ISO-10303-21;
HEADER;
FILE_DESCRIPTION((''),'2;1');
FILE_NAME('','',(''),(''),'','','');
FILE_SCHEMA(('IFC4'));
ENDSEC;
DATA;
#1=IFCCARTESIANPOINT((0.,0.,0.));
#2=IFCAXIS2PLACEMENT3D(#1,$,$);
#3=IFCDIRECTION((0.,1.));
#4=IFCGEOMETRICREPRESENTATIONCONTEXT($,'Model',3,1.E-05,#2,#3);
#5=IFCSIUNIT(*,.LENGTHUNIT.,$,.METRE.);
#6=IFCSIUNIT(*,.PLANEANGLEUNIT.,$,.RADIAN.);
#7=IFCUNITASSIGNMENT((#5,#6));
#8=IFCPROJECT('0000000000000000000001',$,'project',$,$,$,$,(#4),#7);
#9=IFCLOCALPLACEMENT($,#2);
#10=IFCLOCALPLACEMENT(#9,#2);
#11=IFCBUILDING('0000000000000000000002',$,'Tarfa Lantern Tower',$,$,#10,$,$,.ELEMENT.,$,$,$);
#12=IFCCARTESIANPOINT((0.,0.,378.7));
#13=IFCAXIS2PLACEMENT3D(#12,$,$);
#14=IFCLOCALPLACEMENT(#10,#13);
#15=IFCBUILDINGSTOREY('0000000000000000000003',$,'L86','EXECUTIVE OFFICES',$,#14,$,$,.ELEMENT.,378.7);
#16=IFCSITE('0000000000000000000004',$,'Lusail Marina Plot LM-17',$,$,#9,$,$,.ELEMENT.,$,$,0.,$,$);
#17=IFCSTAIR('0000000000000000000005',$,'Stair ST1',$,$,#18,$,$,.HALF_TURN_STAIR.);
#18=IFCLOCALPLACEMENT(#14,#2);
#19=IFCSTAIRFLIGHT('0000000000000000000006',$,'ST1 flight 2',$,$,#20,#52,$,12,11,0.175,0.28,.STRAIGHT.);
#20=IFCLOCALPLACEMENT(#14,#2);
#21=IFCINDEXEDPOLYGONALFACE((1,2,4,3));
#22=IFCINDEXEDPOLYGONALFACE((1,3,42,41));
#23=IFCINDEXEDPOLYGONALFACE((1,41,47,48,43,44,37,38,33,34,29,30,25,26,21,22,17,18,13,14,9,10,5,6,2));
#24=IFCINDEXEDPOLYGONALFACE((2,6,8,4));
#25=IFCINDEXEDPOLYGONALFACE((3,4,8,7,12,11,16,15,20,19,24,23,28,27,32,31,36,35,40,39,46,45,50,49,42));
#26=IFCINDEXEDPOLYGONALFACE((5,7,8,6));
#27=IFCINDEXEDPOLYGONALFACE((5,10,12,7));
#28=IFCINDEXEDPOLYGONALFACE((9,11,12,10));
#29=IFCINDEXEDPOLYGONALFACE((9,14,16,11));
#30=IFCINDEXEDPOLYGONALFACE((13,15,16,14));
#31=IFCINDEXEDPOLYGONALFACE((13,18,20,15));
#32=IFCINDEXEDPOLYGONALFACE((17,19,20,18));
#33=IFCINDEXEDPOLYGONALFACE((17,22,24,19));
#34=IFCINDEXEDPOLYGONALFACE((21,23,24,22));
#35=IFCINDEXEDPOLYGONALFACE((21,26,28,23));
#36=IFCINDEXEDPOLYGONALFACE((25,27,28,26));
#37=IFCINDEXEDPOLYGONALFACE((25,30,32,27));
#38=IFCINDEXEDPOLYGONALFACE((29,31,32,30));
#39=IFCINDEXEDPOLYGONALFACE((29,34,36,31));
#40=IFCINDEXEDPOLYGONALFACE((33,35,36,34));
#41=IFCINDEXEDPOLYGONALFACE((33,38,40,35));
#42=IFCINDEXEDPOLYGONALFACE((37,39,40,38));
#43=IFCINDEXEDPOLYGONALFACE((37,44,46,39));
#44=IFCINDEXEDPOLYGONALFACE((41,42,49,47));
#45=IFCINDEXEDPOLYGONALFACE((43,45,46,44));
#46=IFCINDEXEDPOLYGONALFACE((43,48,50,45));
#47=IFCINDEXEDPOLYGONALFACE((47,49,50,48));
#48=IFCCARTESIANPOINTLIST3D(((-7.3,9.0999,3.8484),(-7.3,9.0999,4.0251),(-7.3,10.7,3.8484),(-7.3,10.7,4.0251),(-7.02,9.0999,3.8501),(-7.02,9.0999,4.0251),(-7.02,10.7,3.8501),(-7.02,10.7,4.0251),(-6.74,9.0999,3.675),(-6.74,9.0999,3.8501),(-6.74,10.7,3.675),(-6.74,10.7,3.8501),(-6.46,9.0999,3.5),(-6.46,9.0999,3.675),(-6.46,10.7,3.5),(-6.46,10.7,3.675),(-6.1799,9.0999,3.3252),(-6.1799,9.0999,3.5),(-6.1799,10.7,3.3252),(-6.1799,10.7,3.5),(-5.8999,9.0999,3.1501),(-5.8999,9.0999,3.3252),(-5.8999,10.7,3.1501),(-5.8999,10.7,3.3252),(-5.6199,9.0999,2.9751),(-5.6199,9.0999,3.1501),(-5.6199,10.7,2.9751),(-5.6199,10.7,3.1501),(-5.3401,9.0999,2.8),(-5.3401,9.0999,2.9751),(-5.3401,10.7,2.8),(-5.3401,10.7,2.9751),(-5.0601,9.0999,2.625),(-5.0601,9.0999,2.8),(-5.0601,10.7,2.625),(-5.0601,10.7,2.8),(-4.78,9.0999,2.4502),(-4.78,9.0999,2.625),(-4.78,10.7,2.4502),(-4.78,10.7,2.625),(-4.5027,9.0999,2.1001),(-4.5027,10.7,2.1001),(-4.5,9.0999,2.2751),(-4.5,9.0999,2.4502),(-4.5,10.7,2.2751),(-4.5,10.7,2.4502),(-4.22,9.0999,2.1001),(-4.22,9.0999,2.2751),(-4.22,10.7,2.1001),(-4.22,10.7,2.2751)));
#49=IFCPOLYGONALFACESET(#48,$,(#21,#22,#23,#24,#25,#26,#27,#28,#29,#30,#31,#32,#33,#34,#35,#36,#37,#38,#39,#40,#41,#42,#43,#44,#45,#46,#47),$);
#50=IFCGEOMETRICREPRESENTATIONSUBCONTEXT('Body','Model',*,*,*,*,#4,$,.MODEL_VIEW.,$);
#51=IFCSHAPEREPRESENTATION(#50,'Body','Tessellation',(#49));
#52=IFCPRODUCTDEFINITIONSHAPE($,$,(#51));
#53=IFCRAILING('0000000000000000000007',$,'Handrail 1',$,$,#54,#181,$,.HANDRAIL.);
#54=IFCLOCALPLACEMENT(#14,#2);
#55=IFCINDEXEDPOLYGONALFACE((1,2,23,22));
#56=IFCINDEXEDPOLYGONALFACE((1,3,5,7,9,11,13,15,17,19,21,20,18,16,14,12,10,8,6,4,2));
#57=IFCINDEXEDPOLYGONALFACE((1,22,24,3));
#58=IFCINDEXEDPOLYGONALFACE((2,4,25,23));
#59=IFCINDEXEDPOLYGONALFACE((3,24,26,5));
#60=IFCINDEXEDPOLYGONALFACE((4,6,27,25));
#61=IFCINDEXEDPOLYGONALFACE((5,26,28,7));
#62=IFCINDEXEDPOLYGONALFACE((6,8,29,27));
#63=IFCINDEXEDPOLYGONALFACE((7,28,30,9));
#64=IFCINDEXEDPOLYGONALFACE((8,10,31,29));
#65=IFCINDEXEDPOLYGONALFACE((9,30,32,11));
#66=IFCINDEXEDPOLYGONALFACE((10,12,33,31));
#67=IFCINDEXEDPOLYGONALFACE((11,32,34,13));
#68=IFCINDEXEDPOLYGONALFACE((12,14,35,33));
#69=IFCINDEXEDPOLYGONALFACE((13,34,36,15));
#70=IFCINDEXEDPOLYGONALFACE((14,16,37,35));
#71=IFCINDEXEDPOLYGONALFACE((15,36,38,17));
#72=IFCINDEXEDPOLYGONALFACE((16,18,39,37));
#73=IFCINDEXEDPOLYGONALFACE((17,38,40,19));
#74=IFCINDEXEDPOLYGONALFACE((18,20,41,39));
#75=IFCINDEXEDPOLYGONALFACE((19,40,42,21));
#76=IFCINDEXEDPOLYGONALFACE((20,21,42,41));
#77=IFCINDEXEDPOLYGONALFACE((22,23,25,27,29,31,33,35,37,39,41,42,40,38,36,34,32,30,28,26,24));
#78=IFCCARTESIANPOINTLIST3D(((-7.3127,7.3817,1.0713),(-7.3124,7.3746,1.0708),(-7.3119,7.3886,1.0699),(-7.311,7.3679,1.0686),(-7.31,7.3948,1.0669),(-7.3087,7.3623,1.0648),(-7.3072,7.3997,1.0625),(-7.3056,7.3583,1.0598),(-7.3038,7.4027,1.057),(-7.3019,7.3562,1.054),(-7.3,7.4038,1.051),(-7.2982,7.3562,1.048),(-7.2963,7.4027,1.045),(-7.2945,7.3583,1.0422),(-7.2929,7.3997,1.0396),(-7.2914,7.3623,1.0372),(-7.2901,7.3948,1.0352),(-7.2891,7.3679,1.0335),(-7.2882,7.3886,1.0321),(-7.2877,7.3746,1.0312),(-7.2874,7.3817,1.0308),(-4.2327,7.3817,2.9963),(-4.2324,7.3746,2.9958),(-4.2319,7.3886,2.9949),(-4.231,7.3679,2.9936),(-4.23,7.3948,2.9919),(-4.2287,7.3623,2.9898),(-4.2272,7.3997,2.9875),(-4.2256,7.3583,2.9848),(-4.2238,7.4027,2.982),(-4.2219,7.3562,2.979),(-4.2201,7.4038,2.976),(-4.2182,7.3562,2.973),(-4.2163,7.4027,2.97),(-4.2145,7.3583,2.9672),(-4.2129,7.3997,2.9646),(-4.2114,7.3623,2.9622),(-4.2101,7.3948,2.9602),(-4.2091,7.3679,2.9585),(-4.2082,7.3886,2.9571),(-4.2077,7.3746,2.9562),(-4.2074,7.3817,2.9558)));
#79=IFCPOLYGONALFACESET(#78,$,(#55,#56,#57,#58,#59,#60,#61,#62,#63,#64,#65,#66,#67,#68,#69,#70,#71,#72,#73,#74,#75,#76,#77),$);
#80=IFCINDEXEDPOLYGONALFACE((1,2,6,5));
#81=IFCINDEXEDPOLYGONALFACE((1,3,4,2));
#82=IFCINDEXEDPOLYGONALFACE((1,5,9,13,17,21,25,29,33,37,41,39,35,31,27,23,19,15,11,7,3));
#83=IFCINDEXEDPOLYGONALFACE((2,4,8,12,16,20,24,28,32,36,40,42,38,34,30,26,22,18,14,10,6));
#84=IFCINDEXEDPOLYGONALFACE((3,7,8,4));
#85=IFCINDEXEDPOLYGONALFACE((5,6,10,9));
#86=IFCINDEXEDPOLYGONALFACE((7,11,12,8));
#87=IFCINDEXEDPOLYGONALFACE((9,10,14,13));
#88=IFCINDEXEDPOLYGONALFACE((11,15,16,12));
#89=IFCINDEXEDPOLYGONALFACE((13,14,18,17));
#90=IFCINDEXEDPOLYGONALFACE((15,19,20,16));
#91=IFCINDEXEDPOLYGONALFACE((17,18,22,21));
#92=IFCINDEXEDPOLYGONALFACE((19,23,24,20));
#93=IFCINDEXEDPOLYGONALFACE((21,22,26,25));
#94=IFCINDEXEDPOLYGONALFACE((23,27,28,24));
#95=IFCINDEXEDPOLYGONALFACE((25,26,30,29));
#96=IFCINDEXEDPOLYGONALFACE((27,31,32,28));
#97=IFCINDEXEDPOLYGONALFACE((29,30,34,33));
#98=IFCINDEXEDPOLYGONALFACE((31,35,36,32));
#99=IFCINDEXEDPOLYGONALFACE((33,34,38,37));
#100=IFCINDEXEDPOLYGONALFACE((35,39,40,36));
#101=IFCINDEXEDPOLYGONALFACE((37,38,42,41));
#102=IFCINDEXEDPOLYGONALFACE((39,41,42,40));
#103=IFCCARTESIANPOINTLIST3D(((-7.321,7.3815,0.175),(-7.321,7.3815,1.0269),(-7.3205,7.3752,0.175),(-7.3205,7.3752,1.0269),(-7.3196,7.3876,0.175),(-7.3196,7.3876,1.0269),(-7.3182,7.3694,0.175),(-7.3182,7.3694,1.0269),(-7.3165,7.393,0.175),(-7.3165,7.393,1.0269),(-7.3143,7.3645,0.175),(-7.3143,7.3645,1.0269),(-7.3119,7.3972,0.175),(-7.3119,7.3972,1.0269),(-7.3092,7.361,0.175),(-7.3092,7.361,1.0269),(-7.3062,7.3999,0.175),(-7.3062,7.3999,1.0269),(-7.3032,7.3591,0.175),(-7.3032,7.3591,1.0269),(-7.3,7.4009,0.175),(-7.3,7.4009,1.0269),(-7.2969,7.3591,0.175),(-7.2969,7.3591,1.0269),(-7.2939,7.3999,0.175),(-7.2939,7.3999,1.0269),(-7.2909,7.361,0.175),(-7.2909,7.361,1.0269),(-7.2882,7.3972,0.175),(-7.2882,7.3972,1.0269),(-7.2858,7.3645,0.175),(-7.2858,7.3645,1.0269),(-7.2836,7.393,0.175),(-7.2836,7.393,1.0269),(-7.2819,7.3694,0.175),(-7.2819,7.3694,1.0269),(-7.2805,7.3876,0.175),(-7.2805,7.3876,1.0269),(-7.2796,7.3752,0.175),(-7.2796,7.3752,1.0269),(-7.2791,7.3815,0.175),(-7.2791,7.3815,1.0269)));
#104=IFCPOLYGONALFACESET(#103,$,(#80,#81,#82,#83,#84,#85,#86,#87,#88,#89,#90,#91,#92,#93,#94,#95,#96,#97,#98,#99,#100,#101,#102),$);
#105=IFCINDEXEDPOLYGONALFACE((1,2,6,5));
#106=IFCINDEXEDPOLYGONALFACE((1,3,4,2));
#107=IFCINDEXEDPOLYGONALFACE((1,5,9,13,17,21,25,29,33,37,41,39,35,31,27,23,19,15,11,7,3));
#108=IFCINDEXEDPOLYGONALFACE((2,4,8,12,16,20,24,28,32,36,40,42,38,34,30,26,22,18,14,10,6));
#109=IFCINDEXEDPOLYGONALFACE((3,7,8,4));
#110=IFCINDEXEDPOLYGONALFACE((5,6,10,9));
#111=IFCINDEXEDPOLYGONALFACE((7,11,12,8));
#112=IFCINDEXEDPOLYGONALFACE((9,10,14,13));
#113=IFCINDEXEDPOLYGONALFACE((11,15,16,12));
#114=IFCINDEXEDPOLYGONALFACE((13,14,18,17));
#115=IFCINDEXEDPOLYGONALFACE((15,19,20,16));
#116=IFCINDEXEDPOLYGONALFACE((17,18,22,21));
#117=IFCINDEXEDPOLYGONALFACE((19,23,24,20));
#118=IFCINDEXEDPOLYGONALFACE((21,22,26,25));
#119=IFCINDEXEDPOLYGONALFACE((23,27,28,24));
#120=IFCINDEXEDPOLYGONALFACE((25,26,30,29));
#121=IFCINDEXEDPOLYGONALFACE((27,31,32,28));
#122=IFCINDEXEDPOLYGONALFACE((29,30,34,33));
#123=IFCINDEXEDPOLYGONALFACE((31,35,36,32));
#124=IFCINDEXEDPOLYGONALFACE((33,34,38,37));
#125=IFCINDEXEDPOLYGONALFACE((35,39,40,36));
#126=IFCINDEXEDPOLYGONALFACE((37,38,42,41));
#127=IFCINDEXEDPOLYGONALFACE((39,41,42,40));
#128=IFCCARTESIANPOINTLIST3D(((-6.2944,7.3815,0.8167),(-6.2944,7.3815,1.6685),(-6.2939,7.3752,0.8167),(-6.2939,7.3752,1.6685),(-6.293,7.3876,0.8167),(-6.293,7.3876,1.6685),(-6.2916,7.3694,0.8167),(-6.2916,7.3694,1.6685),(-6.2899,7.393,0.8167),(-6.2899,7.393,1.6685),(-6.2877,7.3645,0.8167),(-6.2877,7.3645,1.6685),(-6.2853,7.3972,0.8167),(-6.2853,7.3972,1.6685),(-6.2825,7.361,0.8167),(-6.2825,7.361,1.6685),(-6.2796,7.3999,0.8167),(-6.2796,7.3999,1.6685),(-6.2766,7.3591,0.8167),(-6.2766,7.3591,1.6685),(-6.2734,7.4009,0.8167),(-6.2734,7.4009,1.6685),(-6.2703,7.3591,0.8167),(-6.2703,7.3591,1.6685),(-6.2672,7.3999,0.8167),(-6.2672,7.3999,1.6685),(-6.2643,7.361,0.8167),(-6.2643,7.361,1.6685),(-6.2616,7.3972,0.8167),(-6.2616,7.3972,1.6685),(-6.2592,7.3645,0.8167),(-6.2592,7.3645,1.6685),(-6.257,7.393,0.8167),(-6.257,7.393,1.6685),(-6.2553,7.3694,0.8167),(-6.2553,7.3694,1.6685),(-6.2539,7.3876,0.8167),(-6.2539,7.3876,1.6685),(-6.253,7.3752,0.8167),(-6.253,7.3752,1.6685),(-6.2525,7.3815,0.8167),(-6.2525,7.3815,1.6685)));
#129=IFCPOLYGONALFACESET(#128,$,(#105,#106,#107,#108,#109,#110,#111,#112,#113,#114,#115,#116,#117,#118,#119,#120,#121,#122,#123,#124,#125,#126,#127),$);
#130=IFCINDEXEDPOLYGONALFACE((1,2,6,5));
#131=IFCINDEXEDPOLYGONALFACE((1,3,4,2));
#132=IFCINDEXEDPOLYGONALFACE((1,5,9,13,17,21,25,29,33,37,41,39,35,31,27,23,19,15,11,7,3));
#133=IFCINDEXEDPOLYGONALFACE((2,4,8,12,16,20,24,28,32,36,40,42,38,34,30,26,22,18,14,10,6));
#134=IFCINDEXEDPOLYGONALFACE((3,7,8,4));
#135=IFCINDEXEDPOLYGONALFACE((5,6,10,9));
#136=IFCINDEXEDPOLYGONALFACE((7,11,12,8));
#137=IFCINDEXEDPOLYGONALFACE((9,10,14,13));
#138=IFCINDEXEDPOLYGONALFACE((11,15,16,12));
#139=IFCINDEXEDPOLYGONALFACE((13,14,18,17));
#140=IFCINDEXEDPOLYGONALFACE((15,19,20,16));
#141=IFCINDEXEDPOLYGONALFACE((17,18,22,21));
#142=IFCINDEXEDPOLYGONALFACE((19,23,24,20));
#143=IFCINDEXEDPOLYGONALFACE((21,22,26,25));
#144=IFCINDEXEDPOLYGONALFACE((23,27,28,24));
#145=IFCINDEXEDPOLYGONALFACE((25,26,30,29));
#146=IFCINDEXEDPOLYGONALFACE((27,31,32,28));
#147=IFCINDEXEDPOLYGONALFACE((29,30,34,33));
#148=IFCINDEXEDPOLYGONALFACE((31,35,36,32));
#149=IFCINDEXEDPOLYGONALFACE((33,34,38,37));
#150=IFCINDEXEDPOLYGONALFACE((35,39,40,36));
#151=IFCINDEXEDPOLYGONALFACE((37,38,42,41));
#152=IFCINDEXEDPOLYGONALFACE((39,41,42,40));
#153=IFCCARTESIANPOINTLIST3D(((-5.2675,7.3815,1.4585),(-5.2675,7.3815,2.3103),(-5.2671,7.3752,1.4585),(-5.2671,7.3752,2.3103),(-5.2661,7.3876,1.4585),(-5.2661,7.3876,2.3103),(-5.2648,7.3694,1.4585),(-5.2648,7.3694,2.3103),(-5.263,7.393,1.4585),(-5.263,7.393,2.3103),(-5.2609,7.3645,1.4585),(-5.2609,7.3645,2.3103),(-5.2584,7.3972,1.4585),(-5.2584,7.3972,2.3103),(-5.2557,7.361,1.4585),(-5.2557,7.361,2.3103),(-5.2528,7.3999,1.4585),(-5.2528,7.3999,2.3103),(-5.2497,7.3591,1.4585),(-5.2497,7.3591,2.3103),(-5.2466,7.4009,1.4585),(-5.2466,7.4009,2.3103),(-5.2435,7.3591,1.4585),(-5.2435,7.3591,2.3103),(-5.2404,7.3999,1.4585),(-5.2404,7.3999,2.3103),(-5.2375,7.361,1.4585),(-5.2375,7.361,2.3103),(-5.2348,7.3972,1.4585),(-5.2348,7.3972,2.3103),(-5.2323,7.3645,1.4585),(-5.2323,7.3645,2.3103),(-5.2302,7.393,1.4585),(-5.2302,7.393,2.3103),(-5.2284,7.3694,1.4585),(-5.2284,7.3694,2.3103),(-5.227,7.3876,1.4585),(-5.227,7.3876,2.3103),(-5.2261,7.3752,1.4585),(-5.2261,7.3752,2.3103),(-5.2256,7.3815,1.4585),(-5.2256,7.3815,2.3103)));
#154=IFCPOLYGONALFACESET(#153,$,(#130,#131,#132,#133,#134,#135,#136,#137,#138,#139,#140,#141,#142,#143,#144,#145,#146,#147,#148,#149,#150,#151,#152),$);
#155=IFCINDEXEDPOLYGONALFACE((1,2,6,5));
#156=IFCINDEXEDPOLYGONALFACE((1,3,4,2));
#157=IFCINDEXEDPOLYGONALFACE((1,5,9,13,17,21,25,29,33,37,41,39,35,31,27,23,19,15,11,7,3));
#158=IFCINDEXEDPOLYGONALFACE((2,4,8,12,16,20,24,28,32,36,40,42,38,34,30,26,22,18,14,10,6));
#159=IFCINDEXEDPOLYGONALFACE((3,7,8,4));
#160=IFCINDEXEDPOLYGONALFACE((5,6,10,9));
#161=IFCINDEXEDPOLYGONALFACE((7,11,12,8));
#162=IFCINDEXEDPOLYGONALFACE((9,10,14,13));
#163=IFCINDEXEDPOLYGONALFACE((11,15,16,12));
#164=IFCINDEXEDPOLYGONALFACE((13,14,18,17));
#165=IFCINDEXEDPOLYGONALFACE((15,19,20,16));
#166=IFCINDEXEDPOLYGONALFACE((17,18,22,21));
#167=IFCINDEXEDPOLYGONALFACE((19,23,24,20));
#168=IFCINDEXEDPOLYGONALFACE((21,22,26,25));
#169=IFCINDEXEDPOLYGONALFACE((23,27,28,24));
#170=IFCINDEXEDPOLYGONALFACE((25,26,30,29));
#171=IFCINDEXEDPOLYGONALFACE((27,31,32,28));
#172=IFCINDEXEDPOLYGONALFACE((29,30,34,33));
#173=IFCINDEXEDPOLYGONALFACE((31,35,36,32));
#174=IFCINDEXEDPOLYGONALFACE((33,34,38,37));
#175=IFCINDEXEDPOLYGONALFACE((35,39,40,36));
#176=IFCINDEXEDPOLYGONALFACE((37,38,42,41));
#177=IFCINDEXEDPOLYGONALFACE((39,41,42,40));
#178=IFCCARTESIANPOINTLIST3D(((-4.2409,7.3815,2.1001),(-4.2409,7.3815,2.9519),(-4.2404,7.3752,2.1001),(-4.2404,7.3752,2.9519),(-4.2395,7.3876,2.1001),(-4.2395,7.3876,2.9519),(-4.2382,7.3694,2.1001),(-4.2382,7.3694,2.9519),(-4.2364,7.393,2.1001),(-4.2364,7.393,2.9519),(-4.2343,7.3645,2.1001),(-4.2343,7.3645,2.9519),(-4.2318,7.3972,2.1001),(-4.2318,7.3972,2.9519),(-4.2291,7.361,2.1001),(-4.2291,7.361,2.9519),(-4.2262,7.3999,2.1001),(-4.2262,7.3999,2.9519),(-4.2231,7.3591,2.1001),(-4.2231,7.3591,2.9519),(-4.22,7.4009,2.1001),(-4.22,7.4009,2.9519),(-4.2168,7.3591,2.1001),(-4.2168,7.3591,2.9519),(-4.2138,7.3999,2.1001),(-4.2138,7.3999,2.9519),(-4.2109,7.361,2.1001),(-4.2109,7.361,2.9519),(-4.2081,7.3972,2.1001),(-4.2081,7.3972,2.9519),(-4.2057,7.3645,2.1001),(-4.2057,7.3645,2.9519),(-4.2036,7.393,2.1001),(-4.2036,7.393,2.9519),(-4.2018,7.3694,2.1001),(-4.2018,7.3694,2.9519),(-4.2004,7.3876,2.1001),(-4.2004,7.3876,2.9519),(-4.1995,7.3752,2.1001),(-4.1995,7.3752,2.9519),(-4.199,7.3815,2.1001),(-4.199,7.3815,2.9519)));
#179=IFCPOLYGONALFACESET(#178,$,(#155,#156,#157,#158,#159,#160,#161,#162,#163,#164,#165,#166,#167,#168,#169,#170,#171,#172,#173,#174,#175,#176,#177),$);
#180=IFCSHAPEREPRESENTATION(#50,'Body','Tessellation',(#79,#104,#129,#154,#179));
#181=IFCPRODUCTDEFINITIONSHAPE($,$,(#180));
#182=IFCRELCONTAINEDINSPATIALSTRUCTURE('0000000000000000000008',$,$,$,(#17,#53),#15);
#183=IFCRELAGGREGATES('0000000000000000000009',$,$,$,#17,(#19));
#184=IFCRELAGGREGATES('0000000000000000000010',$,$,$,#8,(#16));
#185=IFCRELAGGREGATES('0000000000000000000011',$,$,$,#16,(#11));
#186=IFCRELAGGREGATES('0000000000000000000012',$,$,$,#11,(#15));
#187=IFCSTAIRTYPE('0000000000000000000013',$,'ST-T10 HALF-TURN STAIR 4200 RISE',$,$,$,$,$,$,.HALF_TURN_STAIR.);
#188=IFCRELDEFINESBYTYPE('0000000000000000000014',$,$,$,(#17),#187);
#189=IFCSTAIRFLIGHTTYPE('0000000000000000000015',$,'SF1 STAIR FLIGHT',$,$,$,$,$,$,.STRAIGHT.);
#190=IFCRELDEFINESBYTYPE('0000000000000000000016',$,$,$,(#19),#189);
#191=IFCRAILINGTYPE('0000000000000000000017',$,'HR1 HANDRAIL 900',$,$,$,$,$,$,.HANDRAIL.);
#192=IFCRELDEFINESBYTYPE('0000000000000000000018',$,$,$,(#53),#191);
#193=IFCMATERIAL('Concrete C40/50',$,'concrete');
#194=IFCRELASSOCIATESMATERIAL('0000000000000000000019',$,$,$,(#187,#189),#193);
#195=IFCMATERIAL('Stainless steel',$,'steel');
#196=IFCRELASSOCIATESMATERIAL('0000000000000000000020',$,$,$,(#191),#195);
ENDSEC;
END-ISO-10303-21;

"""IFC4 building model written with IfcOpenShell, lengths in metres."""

from ifc_helpers import new_model, si_unit, direction, frame, origin, origin_2d, place, context, subcontext, project, spatial, polyline, circle, outline, extrude, material, type_object, element, aggregate, save


model = new_model("IFC4")

# Units and contexts
model_context = context("Model", 3, precision=1e-05, world=origin(), true_north=direction((0.0, 1.0)))
body_context = subcontext(model_context, "Body", "Model", "MODEL_VIEW")
ifc_project = project(units=[si_unit("LENGTHUNIT", "METRE"), si_unit("PLANEANGLEUNIT", "RADIAN")], contexts=[model_context])

# Site, building, storey
site_placement = place(None, origin())
site = spatial("IfcSite", under=ifc_project, at=site_placement, Name="Lusail Marina Plot LM-17", CompositionType="ELEMENT", RefElevation=0.0)
building_placement = place(site_placement, origin())
building = spatial("IfcBuilding", under=site, at=building_placement, Name="Tarfa Lantern Tower", CompositionType="ELEMENT")
storey_placement = place(building_placement, frame((0.0, 0.0, 378.7)))
storey = spatial("IfcBuildingStorey", under=building, at=storey_placement, Name="L86", Description="EXECUTIVE OFFICES", CompositionType="ELEMENT", Elevation=378.7)

# Stair, stair flight
ifc_material_1 = material(Name="Concrete C40/50", Category="concrete")
stair_type = type_object("IfcStairType", Name="ST-T10 HALF-TURN STAIR 4200 RISE", PredefinedType="HALF_TURN_STAIR", material=ifc_material_1)
stair_placement = place(storey_placement, origin())
stair = element("IfcStair", 1, at=stair_placement, inside=storey, type_object=stair_type, Name="Stair ST1", PredefinedType="HALF_TURN_STAIR")
stair_flight_type = type_object("IfcStairFlightType", Name="SF1 STAIR FLIGHT", PredefinedType="STRAIGHT", material=ifc_material_1)
stair_flight_1_placement = place(storey_placement, frame((-4.22, 9.8999, 2.1001), z_axis=(0.0, 0.0, 1.0), x_axis=(-1.0, 0.0, 0.0)))
stair_flight_1 = element("IfcStairFlight", 2, at=stair_flight_1_placement, type_object=stair_flight_type, Name="ST1 flight 2", NumberOfRisers=12, NumberOfTreads=11, PredefinedType="STRAIGHT", RiserHeight=0.175, TreadLength=0.28, context=body_context, shape_type="SweptSolid", body=[
    extrude(outline(polyline([(0.0, 0.0), (0.0, 0.175), (0.28, 0.175), (0.28, 0.3501), (0.5601, 0.3501), (0.5601, 0.5249), (0.8401, 0.5249), (0.8401, 0.7), (1.1201, 0.7), (1.1201, 0.875), (1.3999, 0.875), (1.3999, 1.05), (1.6799, 1.05), (1.6799, 1.2251), (1.96, 1.2251), (1.96, 1.3999), (2.24, 1.3999), (2.24, 1.575), (2.52, 1.575), (2.52, 1.75), (2.8, 1.75), (2.8, 1.925), (3.0801, 1.925), (3.0801, 2.1001), (3.0801, 1.7483), (0.2827, 0.0), (0.0, 0.0)])), frame((0.0, 0.8, 0.0), z_axis=(0.0, -1.0, 0.0), x_axis=(1.0, 0.0, 0.0)), (0.0, 0.0, 1.0), 1.6001),
])
aggregate(stair, [stair_flight_1])

# Railing
ifc_material_2 = material(Name="Stainless steel", Category="steel")
railing_type = type_object("IfcRailingType", Name="HR1 HANDRAIL 900", PredefinedType="HANDRAIL", material=ifc_material_2)
railing_1_placement = place(storey_placement, frame((-7.3, 7.3799, 0.175)))
element("IfcRailing", 3, at=railing_1_placement, inside=storey, type_object=railing_type, Name="Handrail 1", PredefinedType="HANDRAIL", context=body_context, shape_type="SweptSolid", body=[
    extrude(circle(Radius=0.0239, at=origin_2d()), frame((0.0, 0.0, 0.876), z_axis=(0.847998, 0.0, 0.529999), x_axis=(0.0, 1.0, 0.0)), (0.0, 0.0, 1.0), 3.6321),
    extrude(circle(Radius=0.021, at=origin_2d()), frame((0.0, 0.0, 0.0), z_axis=(0.0, 0.0, 1.0), x_axis=(0.0, 1.0, 0.0)), (0.0, 0.0, 1.0), 0.8518),
    extrude(circle(Radius=0.021, at=origin_2d()), frame((1.0266, 0.0, 0.6416), z_axis=(0.0, 0.0, 1.0), x_axis=(0.0, 1.0, 0.0)), (0.0, 0.0, 1.0), 0.8518),
    extrude(circle(Radius=0.021, at=origin_2d()), frame((2.0535, 0.0, 1.2834), z_axis=(0.0, 0.0, 1.0), x_axis=(0.0, 1.0, 0.0)), (0.0, 0.0, 1.0), 0.8518),
    extrude(circle(Radius=0.021, at=origin_2d()), frame((3.0801, 0.0, 1.925), z_axis=(0.0, 0.0, 1.0), x_axis=(0.0, 1.0, 0.0)), (0.0, 0.0, 1.0), 0.8518),
])

save(model, "model.ifc")
